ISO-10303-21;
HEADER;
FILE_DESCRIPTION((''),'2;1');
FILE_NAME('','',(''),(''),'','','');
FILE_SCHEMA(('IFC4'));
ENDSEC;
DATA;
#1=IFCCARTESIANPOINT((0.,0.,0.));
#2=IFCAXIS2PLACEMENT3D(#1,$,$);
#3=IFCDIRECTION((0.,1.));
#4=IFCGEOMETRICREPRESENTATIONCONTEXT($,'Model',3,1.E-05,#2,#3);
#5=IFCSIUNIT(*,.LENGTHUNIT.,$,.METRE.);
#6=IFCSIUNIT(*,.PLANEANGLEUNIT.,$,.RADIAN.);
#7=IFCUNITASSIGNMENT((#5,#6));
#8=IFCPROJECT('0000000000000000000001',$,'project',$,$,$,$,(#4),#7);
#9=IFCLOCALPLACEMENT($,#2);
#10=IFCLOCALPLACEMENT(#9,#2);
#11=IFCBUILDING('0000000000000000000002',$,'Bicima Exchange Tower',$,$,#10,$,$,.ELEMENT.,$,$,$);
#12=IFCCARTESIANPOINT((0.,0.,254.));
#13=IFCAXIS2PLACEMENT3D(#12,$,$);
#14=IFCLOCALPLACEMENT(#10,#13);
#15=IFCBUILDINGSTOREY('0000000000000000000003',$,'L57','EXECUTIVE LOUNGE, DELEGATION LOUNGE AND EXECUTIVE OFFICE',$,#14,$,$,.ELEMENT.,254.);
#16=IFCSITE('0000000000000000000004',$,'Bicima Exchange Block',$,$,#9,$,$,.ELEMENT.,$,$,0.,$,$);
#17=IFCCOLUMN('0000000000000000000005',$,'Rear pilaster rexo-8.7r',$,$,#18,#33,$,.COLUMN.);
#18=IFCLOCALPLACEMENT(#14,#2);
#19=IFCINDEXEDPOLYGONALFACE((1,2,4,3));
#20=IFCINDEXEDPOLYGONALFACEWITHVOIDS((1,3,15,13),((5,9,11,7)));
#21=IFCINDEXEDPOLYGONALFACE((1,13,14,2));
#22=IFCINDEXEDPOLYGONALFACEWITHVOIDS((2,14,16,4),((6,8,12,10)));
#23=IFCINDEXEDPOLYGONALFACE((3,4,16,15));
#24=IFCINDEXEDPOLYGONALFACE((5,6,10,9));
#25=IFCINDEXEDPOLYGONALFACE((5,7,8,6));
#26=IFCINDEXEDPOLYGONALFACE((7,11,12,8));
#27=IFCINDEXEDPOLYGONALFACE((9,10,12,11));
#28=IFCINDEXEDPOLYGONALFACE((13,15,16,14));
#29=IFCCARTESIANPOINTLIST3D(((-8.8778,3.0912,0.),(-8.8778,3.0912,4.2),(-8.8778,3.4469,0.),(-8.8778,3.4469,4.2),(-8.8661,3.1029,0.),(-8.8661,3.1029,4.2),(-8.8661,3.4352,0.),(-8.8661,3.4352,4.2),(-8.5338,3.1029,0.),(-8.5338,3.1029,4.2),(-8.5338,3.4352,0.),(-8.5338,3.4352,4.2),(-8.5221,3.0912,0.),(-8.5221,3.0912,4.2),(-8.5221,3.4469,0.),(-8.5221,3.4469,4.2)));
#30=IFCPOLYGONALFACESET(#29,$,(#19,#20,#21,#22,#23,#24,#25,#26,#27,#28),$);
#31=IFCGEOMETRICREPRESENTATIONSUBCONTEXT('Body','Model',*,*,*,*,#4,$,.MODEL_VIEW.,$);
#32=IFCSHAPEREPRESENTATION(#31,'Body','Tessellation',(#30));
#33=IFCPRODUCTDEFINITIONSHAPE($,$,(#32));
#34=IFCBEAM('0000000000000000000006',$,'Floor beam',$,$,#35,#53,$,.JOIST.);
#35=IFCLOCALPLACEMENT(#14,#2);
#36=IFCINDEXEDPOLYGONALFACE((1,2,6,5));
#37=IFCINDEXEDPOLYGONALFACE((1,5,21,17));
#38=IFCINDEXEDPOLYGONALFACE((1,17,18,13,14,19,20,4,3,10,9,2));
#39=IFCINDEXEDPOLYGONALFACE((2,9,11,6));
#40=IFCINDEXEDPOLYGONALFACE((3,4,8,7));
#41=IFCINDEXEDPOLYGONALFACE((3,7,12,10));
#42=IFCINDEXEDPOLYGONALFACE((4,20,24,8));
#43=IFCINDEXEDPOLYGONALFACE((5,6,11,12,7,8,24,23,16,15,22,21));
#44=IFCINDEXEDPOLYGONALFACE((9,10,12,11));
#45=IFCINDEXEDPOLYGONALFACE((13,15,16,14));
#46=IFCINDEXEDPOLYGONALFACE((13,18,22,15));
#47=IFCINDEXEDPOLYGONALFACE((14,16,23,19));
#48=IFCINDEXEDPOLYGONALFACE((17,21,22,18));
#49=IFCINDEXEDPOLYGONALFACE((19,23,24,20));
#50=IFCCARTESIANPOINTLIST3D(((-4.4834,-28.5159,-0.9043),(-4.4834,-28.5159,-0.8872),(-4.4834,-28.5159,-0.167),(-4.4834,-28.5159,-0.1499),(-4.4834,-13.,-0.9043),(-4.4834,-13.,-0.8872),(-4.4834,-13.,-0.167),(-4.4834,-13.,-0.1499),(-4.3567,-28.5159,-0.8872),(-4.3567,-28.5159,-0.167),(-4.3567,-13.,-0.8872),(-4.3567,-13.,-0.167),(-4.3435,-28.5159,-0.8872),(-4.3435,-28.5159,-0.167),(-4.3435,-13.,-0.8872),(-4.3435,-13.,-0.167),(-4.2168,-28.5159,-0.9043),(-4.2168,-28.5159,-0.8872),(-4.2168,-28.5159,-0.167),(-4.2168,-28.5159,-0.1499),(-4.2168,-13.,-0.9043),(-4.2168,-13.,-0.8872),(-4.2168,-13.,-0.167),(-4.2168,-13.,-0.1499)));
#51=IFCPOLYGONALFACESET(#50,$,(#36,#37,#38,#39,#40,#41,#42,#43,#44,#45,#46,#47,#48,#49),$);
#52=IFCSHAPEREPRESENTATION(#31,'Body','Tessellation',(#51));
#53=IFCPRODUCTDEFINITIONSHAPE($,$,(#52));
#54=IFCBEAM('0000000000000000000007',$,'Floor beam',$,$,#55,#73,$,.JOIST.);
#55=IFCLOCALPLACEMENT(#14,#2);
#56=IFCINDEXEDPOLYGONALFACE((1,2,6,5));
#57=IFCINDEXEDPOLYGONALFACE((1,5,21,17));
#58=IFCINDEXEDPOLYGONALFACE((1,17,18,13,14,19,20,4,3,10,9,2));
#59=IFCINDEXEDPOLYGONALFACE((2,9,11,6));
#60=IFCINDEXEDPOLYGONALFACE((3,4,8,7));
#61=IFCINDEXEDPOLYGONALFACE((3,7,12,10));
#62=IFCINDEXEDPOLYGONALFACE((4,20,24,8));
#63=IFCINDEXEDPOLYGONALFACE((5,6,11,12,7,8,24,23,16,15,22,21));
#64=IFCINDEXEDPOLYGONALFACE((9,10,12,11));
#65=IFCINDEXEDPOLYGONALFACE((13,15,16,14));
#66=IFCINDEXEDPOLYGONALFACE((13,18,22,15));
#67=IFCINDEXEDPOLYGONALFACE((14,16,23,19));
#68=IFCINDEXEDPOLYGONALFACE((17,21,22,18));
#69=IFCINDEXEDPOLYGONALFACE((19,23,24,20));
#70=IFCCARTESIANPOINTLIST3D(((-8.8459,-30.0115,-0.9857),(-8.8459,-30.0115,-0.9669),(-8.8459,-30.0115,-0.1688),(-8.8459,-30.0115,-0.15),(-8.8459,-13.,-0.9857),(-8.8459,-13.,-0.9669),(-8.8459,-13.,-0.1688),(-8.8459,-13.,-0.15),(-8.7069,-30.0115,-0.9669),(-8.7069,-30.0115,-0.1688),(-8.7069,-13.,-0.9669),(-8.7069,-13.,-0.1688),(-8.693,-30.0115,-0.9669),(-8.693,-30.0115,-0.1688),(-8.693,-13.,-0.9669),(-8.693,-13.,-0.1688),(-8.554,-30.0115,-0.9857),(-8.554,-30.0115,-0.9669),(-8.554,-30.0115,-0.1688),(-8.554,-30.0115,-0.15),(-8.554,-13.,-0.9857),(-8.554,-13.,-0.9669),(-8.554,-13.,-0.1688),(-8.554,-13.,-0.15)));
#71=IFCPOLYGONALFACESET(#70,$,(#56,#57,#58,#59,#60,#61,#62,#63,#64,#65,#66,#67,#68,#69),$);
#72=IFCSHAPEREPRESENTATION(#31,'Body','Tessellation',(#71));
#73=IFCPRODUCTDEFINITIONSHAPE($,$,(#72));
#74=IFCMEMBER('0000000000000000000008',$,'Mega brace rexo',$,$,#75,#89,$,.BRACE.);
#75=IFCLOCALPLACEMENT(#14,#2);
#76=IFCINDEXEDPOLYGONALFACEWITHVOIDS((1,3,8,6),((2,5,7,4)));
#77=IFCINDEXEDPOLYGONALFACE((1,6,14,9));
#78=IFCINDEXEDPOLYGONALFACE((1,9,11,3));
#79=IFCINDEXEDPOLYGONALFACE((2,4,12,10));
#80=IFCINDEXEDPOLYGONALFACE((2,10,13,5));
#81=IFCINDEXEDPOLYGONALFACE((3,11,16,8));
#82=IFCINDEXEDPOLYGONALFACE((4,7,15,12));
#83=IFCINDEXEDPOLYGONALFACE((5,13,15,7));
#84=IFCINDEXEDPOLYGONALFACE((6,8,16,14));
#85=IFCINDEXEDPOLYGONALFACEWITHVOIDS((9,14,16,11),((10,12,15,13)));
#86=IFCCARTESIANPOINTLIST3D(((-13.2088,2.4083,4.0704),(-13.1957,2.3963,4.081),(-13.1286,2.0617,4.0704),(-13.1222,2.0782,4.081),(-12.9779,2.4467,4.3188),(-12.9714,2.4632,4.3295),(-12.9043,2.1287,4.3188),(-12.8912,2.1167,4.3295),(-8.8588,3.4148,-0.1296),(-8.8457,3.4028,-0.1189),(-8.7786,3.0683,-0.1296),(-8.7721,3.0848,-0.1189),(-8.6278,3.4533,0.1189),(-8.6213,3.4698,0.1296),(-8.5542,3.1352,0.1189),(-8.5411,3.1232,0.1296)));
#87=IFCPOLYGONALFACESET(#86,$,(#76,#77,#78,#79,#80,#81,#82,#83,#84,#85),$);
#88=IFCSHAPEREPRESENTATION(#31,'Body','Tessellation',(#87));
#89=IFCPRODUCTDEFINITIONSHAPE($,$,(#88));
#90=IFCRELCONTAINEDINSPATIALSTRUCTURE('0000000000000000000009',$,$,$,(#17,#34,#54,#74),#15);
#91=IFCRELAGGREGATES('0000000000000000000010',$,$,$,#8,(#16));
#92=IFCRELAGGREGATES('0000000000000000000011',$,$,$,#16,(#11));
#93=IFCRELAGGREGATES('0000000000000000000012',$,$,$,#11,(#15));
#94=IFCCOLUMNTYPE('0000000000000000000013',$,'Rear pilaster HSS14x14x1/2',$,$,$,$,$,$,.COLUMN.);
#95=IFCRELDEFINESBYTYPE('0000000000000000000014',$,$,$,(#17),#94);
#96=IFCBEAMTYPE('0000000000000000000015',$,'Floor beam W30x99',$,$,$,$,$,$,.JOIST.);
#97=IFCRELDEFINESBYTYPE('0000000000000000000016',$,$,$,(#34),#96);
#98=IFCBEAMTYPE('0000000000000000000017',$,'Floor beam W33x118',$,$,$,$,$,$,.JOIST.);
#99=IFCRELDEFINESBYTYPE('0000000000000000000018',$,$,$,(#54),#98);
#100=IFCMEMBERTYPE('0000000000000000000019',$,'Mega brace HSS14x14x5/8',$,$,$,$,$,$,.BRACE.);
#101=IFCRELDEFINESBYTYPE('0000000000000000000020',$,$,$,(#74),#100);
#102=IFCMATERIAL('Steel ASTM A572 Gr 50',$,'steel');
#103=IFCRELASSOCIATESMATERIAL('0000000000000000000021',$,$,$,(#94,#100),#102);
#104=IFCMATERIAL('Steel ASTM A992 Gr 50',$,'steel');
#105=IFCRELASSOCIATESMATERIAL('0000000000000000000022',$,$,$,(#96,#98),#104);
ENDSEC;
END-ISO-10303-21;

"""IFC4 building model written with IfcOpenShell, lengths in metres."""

from ifc_helpers import new_model, si_unit, direction, frame, origin, origin_2d, place, context, subcontext, project, spatial, hollow_rectangle, i_section, extrude, material, material_profile, profile_set, type_object, element, save


model = new_model("IFC4")

# Units and contexts
model_context = context("Model", 3, precision=1e-05, world=origin(), true_north=direction((0.0, 1.0)))
body_context = subcontext(model_context, "Body", "Model", "MODEL_VIEW")
ifc_project = project(units=[si_unit("LENGTHUNIT", "METRE"), si_unit("PLANEANGLEUNIT", "RADIAN")], contexts=[model_context])

# Site, building, storey
site_placement = place(None, origin())
site = spatial("IfcSite", under=ifc_project, at=site_placement, Name="Bicima Exchange Block", CompositionType="ELEMENT", RefElevation=0.0)
building_placement = place(site_placement, origin())
building = spatial("IfcBuilding", under=site, at=building_placement, Name="Bicima Exchange Tower", CompositionType="ELEMENT")
storey_placement = place(building_placement, frame((0.0, 0.0, 254.0)))
storey = spatial("IfcBuildingStorey", under=building, at=storey_placement, Name="L57", Description="EXECUTIVE LOUNGE, DELEGATION LOUNGE AND EXECUTIVE OFFICE", CompositionType="ELEMENT", Elevation=254.0)

# Column
ifc_material_1 = material(Name="Steel ASTM A572 Gr 50", Category="steel")
ifc_material_profile_1 = material_profile(ifc_material_1, hollow_rectangle(XDim=0.3557, YDim=0.3557, WallThickness=0.0117, at=origin_2d()))
ifc_profile_set_1 = profile_set([ifc_material_profile_1], Name="Steel ASTM A572 Gr 50")
column_type = type_object("IfcColumnType", Name="Rear pilaster HSS14x14x1/2", PredefinedType="COLUMN", material=ifc_profile_set_1)
column_placement = place(storey_placement, frame((-8.7, 3.269, 0.0), z_axis=(0.0, 0.0, 1.0), x_axis=(1.0, 0.0, 0.0)))
element("IfcColumn", 1, at=column_placement, inside=storey, type_object=column_type, Name="Rear pilaster rexo-8.7r", PredefinedType="COLUMN", context=body_context, shape_type="SweptSolid", body=[
    extrude(hollow_rectangle(XDim=0.3557, YDim=0.3557, WallThickness=0.0117, at=origin_2d()), origin(), (0.0, 0.0, 1.0), 4.2),
])

# Beams
ifc_material_2 = material(Name="Steel ASTM A992 Gr 50", Category="steel")
ifc_material_profile_2 = material_profile(ifc_material_2, i_section(OverallWidth=0.2666, OverallDepth=0.7544, WebThickness=0.0132, FlangeThickness=0.0171, at=origin_2d()))
ifc_profile_set_2 = profile_set([ifc_material_profile_2], Name="Steel ASTM A992 Gr 50")
beam_type_1 = type_object("IfcBeamType", Name="Floor beam W30x99", PredefinedType="JOIST", material=ifc_profile_set_2)
beam_1_placement = place(storey_placement, frame((-4.3501, -13.0, -0.5271), z_axis=(0.0, -1.0, 0.0), x_axis=(1.0, 0.0, 0.0)))
element("IfcBeam", 2, at=beam_1_placement, inside=storey, type_object=beam_type_1, Name="Floor beam", PredefinedType="JOIST", context=body_context, shape_type="SweptSolid", body=[
    extrude(i_section(OverallWidth=0.2666, OverallDepth=0.7544, WebThickness=0.0132, FlangeThickness=0.0171, at=origin_2d()), origin(), (0.0, 0.0, 1.0), 15.5159),
])
ifc_material_profile_3 = material_profile(ifc_material_2, i_section(OverallWidth=0.292, OverallDepth=0.8357, WebThickness=0.0139, FlangeThickness=0.0188, at=origin_2d()))
ifc_profile_set_3 = profile_set([ifc_material_profile_3], Name="Steel ASTM A992 Gr 50")
beam_type_2 = type_object("IfcBeamType", Name="Floor beam W33x118", PredefinedType="JOIST", material=ifc_profile_set_3)
beam_2_placement = place(storey_placement, frame((-8.7, -13.0, -0.5679), z_axis=(0.0, -1.0, 0.0), x_axis=(1.0, 0.0, 0.0)))
element("IfcBeam", 3, at=beam_2_placement, inside=storey, type_object=beam_type_2, Name="Floor beam", PredefinedType="JOIST", context=body_context, shape_type="SweptSolid", body=[
    extrude(i_section(OverallWidth=0.292, OverallDepth=0.8357, WebThickness=0.0139, FlangeThickness=0.0188, at=origin_2d()), origin(), (0.0, 0.0, 1.0), 17.0115),
])

# Member
ifc_material_profile_4 = material_profile(ifc_material_1, hollow_rectangle(XDim=0.3557, YDim=0.3557, WallThickness=0.0146, at=origin_2d()))
ifc_profile_set_4 = profile_set([ifc_material_profile_4], Name="Steel ASTM A572 Gr 50")
member_type = type_object("IfcMemberType", Name="Mega brace HSS14x14x5/8", PredefinedType="BRACE", material=ifc_profile_set_4)
member_placement = place(storey_placement, frame((-8.7, 3.269, 0.0), z_axis=(-0.709648, -0.164209, 0.685154), x_axis=(0.225439, -0.974257, 0.0)))
element("IfcMember", 4, at=member_placement, inside=storey, type_object=member_type, Name="Mega brace rexo", PredefinedType="BRACE", context=body_context, shape_type="SweptSolid", body=[
    extrude(hollow_rectangle(XDim=0.3557, YDim=0.3557, WallThickness=0.0146, at=origin_2d()), origin(), (0.0, 0.0, 1.0), 6.1299),
])

save(model, "model.ifc")
